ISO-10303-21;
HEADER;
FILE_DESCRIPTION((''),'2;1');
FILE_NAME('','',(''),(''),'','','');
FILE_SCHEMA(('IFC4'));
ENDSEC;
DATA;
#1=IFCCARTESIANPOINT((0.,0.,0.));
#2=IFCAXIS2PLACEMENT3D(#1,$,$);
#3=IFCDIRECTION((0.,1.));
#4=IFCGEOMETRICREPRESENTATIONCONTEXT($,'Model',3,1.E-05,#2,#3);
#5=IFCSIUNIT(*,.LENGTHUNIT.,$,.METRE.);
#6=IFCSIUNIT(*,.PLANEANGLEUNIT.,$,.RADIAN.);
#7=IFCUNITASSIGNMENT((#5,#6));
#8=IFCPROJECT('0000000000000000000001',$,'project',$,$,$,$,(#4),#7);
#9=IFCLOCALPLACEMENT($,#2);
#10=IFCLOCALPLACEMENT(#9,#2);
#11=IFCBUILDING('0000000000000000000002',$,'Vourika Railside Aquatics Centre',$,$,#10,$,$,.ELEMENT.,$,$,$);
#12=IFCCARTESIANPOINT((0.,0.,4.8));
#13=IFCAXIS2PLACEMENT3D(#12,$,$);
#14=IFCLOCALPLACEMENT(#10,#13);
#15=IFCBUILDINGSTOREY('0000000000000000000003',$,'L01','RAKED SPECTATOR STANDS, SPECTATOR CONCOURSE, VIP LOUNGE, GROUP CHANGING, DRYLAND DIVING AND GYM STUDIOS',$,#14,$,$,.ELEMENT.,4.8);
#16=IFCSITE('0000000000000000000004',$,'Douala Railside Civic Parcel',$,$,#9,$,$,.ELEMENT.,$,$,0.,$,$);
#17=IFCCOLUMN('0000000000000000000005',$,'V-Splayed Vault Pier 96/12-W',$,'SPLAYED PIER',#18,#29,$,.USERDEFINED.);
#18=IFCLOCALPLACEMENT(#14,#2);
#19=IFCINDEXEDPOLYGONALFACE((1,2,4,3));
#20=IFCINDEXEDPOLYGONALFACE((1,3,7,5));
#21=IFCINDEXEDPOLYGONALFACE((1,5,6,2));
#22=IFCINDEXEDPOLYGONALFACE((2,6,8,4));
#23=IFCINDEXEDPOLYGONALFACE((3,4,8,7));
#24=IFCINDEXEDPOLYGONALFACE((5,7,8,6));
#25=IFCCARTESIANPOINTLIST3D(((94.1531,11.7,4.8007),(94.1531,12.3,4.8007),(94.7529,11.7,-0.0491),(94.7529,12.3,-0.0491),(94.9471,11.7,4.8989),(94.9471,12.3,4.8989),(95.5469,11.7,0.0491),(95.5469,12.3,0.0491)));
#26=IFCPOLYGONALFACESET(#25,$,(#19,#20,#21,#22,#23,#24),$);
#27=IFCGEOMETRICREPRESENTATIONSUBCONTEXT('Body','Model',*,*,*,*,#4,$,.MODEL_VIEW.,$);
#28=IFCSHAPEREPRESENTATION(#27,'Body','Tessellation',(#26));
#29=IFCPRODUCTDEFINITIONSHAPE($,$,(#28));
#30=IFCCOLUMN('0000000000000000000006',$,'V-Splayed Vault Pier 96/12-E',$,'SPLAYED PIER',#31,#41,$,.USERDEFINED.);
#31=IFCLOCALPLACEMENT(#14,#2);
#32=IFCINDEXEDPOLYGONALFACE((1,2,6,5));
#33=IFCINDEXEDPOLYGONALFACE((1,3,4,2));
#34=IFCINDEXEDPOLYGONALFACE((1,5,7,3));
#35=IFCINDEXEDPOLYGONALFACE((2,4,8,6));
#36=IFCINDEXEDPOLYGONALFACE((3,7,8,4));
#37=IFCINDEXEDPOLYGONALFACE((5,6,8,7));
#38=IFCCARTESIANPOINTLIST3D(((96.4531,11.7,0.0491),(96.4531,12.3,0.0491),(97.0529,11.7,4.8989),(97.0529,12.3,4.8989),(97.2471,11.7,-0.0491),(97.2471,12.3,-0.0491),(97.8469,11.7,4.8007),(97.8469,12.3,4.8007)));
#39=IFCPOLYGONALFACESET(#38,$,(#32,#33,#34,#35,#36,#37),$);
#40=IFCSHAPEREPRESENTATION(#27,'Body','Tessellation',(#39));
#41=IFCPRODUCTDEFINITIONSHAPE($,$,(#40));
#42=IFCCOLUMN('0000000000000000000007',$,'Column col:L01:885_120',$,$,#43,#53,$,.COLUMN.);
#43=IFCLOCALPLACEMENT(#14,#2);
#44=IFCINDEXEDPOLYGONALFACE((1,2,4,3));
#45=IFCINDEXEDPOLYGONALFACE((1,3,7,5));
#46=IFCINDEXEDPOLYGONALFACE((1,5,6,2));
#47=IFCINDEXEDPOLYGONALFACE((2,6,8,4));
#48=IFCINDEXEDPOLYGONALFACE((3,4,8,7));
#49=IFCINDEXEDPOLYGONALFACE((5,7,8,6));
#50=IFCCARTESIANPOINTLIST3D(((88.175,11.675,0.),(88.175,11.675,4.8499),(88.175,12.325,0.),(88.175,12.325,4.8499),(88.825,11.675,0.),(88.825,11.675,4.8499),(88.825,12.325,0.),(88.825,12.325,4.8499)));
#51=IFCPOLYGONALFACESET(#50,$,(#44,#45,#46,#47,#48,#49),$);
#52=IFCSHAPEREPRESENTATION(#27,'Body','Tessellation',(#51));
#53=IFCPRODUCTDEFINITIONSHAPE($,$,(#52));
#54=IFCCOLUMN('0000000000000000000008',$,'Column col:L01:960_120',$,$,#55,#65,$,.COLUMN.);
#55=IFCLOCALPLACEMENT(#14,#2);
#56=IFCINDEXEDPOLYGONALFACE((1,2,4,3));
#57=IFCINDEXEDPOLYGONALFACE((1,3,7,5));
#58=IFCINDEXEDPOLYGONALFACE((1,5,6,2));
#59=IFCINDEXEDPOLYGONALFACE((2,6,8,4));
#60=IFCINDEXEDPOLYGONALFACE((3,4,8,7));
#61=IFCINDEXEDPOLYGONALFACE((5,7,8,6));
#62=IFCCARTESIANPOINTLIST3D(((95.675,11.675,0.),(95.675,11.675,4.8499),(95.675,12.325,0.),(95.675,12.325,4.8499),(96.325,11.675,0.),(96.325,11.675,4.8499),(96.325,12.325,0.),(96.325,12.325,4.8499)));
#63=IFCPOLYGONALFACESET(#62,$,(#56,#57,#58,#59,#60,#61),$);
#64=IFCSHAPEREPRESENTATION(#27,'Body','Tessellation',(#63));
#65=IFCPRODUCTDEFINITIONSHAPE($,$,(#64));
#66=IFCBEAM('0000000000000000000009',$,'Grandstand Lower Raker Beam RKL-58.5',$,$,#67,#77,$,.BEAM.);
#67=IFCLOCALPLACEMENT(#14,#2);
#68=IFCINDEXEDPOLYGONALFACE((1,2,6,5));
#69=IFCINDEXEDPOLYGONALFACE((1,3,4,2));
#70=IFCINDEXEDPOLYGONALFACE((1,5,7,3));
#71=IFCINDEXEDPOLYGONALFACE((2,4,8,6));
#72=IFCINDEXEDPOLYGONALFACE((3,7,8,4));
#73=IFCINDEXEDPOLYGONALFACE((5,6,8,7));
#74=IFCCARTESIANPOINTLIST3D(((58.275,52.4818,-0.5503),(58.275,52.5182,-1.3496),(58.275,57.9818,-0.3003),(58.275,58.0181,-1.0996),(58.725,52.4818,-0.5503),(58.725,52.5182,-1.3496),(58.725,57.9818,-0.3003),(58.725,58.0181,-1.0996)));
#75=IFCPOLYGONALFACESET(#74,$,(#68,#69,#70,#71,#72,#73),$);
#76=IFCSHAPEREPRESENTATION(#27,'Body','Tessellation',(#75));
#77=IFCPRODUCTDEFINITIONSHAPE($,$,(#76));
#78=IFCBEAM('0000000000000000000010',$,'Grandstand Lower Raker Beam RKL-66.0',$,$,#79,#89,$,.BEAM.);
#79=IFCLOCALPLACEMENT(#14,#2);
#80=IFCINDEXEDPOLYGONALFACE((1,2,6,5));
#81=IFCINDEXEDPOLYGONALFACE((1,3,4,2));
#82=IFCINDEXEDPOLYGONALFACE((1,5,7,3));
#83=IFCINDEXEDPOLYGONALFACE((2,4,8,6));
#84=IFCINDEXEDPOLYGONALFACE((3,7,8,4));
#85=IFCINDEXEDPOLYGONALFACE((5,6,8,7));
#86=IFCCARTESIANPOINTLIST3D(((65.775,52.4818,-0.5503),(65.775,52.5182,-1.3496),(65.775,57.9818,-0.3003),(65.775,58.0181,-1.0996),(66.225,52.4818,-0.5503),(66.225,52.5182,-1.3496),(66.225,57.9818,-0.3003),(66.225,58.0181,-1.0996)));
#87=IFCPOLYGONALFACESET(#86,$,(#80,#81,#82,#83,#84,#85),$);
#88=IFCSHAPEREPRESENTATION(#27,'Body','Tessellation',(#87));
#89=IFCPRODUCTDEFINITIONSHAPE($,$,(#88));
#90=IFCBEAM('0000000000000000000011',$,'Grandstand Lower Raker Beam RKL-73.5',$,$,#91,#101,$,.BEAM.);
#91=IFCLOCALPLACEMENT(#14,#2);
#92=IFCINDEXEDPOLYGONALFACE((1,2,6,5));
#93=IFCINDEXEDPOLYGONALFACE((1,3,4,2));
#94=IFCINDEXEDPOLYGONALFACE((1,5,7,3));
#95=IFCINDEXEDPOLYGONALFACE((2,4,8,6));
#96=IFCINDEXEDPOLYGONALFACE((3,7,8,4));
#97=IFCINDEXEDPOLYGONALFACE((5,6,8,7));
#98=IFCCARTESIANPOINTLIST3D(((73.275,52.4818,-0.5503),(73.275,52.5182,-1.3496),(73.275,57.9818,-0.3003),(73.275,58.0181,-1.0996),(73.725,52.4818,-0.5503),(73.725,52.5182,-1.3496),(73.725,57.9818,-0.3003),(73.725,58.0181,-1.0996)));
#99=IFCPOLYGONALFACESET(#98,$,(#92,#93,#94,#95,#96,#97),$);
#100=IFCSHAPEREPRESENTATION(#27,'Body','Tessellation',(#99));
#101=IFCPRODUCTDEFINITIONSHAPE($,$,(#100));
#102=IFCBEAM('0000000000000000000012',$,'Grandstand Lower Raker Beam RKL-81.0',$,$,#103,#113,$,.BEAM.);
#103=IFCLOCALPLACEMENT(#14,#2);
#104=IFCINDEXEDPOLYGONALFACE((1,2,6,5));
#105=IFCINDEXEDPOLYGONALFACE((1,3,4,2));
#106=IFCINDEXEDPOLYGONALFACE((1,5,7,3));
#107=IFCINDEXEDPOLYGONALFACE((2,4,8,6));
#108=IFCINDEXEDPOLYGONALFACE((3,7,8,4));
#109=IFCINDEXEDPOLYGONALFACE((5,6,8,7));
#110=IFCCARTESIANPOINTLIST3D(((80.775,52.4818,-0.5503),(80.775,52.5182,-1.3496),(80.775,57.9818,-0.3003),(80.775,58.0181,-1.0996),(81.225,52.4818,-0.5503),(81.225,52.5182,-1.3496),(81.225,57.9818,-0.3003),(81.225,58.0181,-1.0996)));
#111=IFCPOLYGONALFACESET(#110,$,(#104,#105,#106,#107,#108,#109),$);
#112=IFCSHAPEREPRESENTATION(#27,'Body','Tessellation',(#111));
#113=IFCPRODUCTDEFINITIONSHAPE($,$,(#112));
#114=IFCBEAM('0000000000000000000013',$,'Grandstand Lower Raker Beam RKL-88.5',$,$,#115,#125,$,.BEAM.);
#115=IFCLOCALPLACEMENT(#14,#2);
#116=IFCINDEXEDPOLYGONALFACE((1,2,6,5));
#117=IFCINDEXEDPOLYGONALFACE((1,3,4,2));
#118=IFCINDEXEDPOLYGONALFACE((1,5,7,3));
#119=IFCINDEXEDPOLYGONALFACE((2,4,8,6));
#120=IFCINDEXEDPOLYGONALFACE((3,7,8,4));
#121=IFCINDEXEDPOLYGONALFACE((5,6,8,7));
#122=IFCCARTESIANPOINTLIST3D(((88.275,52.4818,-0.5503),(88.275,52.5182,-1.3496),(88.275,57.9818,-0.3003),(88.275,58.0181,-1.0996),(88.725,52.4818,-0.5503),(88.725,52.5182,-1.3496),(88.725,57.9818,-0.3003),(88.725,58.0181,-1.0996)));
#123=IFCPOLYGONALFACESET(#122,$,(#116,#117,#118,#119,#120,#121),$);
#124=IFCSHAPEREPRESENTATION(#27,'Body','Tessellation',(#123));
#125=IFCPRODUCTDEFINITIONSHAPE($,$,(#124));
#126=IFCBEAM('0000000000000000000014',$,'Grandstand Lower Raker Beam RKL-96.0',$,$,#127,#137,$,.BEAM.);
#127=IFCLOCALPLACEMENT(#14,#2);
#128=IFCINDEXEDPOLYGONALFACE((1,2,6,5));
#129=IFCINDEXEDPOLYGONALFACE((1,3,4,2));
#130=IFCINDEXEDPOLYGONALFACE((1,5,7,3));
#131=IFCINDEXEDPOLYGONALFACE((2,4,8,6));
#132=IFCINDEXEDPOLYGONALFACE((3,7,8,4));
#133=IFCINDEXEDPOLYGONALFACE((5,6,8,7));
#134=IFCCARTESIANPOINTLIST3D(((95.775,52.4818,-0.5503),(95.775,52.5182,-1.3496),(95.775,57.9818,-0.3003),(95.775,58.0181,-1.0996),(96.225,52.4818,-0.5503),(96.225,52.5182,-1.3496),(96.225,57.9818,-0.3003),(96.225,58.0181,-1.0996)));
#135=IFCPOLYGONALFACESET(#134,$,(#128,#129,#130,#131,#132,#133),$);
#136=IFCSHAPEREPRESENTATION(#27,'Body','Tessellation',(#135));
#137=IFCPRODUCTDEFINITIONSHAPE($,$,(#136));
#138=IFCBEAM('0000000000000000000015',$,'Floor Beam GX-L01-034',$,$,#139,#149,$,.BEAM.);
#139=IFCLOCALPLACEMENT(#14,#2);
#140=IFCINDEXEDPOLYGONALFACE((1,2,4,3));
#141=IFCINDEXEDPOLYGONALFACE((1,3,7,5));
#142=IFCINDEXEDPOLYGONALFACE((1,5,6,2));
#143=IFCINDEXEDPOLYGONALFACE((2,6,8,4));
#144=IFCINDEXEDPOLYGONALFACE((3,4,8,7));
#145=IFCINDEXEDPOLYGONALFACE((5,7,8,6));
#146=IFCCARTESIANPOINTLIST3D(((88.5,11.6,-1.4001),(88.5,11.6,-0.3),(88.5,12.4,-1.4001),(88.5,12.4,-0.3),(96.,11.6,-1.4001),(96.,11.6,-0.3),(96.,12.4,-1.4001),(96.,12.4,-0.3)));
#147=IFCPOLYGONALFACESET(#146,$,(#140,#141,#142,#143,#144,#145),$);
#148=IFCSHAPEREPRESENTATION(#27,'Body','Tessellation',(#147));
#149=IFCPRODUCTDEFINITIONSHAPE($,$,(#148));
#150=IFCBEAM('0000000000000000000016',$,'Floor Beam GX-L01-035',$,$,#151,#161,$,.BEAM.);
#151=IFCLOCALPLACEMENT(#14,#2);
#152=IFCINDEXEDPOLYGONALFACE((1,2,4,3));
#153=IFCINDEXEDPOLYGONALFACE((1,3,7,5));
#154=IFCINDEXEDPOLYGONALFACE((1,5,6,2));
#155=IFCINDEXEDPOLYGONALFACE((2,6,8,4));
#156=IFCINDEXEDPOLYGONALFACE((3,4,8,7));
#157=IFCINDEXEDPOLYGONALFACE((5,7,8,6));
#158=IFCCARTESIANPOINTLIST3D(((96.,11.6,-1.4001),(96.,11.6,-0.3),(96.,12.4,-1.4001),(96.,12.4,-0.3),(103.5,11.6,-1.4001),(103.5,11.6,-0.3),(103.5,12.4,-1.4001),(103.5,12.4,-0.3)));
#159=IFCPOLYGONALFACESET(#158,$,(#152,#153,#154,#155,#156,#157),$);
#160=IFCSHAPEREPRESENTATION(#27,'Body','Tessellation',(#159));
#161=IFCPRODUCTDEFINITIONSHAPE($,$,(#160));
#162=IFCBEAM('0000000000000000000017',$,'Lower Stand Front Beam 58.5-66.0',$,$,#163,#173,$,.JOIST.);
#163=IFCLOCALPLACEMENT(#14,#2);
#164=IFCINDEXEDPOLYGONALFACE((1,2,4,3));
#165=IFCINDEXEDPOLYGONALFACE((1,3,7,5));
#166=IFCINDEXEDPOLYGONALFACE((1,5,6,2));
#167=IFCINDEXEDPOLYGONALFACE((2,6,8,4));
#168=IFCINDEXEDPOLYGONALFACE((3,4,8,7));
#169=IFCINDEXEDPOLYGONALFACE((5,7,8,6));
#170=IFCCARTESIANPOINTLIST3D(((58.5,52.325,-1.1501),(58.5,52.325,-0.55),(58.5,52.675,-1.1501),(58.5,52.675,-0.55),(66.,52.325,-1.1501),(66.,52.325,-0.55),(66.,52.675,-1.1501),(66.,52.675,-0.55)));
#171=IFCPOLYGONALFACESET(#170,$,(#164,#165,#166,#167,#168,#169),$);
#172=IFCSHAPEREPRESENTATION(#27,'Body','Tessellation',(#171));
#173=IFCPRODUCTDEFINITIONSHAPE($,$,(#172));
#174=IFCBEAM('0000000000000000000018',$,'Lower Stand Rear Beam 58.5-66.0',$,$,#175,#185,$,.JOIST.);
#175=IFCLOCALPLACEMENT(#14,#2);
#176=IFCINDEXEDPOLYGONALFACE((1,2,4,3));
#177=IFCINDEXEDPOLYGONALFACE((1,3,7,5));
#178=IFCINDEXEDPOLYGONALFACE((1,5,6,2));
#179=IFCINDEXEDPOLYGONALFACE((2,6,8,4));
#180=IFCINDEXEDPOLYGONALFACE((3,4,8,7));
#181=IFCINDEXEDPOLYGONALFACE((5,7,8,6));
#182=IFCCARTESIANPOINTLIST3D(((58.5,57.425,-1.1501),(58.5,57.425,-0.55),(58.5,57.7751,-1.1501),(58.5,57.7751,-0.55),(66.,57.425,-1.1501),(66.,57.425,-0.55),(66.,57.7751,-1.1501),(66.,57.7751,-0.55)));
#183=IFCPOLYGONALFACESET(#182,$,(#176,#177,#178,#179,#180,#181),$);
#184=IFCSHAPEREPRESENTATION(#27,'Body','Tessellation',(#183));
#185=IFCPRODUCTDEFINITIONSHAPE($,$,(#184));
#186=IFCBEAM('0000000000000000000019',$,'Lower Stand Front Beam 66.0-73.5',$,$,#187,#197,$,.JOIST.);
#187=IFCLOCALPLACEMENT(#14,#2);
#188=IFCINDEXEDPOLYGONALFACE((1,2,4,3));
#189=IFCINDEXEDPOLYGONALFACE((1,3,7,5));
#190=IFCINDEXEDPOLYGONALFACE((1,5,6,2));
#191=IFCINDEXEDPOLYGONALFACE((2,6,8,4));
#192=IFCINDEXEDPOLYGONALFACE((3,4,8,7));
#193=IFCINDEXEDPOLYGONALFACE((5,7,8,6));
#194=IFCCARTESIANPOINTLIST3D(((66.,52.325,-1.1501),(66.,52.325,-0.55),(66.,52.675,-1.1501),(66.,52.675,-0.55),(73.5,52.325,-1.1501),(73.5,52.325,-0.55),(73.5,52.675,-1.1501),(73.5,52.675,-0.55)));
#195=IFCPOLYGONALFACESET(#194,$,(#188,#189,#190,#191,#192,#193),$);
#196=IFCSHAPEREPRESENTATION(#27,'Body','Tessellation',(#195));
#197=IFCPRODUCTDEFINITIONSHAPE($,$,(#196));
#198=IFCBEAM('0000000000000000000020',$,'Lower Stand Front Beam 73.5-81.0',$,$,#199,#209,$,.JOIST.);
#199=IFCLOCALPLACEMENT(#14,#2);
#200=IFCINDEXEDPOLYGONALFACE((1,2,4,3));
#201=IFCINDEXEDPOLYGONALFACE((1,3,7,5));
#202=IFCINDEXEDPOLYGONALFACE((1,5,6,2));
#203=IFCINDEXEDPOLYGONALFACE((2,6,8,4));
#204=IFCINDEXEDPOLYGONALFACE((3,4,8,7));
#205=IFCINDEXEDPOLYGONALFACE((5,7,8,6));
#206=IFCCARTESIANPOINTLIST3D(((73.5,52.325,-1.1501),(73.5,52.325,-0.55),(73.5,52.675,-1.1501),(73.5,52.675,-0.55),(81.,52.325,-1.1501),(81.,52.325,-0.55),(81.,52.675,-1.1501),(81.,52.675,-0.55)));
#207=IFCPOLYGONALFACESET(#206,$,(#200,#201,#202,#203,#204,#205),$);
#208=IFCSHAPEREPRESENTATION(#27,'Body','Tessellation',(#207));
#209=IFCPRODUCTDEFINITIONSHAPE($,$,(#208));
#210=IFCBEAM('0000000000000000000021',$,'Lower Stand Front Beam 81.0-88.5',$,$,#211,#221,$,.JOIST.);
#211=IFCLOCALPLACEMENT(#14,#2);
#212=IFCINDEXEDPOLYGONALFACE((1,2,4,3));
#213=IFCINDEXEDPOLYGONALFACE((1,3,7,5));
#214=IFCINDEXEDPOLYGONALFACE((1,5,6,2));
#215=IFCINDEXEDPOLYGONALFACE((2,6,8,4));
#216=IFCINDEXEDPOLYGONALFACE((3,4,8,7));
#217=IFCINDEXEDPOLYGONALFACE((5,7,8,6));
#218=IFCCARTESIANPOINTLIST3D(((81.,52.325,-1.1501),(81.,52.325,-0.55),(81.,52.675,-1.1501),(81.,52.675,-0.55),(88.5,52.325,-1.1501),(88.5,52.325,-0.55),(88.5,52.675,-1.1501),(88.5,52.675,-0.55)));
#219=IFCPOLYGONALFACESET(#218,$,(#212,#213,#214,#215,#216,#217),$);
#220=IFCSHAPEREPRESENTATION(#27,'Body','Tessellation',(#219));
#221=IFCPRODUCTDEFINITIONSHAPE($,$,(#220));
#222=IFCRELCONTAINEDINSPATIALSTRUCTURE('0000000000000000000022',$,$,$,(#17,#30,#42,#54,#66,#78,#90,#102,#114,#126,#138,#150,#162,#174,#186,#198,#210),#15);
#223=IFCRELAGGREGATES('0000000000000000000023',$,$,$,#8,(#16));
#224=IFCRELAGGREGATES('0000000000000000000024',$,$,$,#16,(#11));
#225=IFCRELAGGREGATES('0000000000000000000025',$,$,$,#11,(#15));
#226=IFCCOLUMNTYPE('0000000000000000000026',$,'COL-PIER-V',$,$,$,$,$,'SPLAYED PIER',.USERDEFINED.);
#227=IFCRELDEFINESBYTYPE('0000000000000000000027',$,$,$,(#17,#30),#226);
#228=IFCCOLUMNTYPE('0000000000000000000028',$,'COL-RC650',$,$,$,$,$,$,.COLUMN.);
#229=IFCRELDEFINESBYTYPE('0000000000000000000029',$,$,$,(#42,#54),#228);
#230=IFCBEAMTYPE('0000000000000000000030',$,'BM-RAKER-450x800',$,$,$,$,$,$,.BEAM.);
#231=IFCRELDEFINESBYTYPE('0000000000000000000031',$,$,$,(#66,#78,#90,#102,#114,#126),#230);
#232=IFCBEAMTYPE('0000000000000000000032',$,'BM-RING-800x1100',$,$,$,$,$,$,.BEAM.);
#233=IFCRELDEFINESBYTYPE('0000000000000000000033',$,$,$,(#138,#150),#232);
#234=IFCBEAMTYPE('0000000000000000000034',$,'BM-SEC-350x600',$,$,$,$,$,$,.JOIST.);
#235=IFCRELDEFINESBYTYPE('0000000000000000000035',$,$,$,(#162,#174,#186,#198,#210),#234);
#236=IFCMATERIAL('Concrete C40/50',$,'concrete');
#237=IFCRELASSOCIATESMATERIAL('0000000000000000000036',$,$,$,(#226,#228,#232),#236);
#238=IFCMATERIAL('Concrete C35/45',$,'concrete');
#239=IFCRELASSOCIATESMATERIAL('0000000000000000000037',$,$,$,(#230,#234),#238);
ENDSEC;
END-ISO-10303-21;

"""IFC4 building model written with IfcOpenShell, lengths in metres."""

from ifc_helpers import new_model, si_unit, direction, frame, origin, origin_2d, place, context, subcontext, project, spatial, rectangle, extrude, material, material_profile, profile_set, type_object, element, save


model = new_model("IFC4")

# Units and contexts
model_context = context("Model", 3, precision=1e-05, world=origin(), true_north=direction((0.0, 1.0)))
body_context = subcontext(model_context, "Body", "Model", "MODEL_VIEW")
ifc_project = project(units=[si_unit("LENGTHUNIT", "METRE"), si_unit("PLANEANGLEUNIT", "RADIAN")], contexts=[model_context])

# Site, building, storey
site_placement = place(None, origin())
site = spatial("IfcSite", under=ifc_project, at=site_placement, Name="Douala Railside Civic Parcel", CompositionType="ELEMENT", RefElevation=0.0)
building_placement = place(site_placement, origin())
building = spatial("IfcBuilding", under=site, at=building_placement, Name="Vourika Railside Aquatics Centre", CompositionType="ELEMENT")
storey_placement = place(building_placement, frame((0.0, 0.0, 4.8)))
storey = spatial("IfcBuildingStorey", under=building, at=storey_placement, Name="L01", Description="RAKED SPECTATOR STANDS, SPECTATOR CONCOURSE, VIP LOUNGE, GROUP CHANGING, DRYLAND DIVING AND GYM STUDIOS", CompositionType="ELEMENT", Elevation=4.8)

# Columns
ifc_material_1 = material(Name="Concrete C40/50", Category="concrete")
ifc_material_profile_1 = material_profile(ifc_material_1, rectangle(XDim=0.6001, YDim=0.8, at=origin_2d()), Name="RC 600x800")
ifc_profile_set_1 = profile_set([ifc_material_profile_1], Name="Concrete C40/50")
column_type_1 = type_object("IfcColumnType", Name="COL-PIER-V", ElementType="SPLAYED PIER", PredefinedType="USERDEFINED", material=ifc_profile_set_1)
for number, where, z_axis, x_axis, name in (
    (1, (95.1499, 12.0, 0.0), (-0.12275, 0.0, 0.992438), (0.0, -1.0, 0.0), "V-Splayed Vault Pier 96/12-W"),
    (2, (96.8501, 12.0, 0.0), (0.12275, 0.0, 0.992438), (0.0, 1.0, 0.0), "V-Splayed Vault Pier 96/12-E"),
):
    element("IfcColumn", number, at=place(storey_placement, frame(where, z_axis=z_axis, x_axis=x_axis)), inside=storey, type_object=column_type_1, Name=name, ObjectType="SPLAYED PIER", PredefinedType="USERDEFINED", context=body_context, shape_type="SweptSolid", body=[
        extrude(rectangle(XDim=0.6001, YDim=0.8, at=origin_2d()), origin(), (0.0, 0.0, 1.0), 4.8867),
    ])
ifc_material_profile_2 = material_profile(ifc_material_1, rectangle(XDim=0.6499, YDim=0.6499, at=origin_2d()), Name="RC 650x650")
ifc_profile_set_2 = profile_set([ifc_material_profile_2], Name="Concrete C40/50")
column_type_2 = type_object("IfcColumnType", Name="COL-RC650", PredefinedType="COLUMN", material=ifc_profile_set_2)
for number, where, z_axis, x_axis, name in (
    (3, (88.5, 12.0, 0.0), (0.0, 0.0, 1.0), (1.0, 0.0, 0.0), "Column col:L01:885_120"),
    (4, (96.0, 12.0, 0.0), (0.0, 0.0, 1.0), (1.0, 0.0, 0.0), "Column col:L01:960_120"),
):
    element("IfcColumn", number, at=place(storey_placement, frame(where, z_axis=z_axis, x_axis=x_axis)), inside=storey, type_object=column_type_2, Name=name, PredefinedType="COLUMN", context=body_context, shape_type="SweptSolid", body=[
        extrude(rectangle(XDim=0.6499, YDim=0.6499, at=origin_2d()), origin(), (0.0, 0.0, 1.0), 4.8499),
    ])

# Beams
ifc_material_2 = material(Name="Concrete C35/45", Category="concrete")
ifc_material_profile_3 = material_profile(ifc_material_2, rectangle(XDim=0.45, YDim=0.8, at=origin_2d()), Name="RC 450x800")
ifc_profile_set_3 = profile_set([ifc_material_profile_3], Name="Concrete C35/45")
beam_type_1 = type_object("IfcBeamType", Name="BM-RAKER-450x800", PredefinedType="BEAM", material=ifc_profile_set_3)
for number, where, z_axis, x_axis, name in (
    (5, (58.5, 52.5, -0.95), (0.0, 0.998969, 0.045408), (-1.0, 0.0, 0.0), "Grandstand Lower Raker Beam RKL-58.5"),
    (6, (66.0, 52.5, -0.95), (0.0, 0.998969, 0.045408), (-1.0, 0.0, 0.0), "Grandstand Lower Raker Beam RKL-66.0"),
    (7, (73.5, 52.5, -0.95), (0.0, 0.998969, 0.045408), (-1.0, 0.0, 0.0), "Grandstand Lower Raker Beam RKL-73.5"),
    (8, (81.0, 52.5, -0.95), (0.0, 0.998969, 0.045408), (-1.0, 0.0, 0.0), "Grandstand Lower Raker Beam RKL-81.0"),
    (9, (88.5, 52.5, -0.95), (0.0, 0.998969, 0.045408), (-1.0, 0.0, 0.0), "Grandstand Lower Raker Beam RKL-88.5"),
    (10, (96.0, 52.5, -0.95), (0.0, 0.998969, 0.045408), (-1.0, 0.0, 0.0), "Grandstand Lower Raker Beam RKL-96.0"),
):
    element("IfcBeam", number, at=place(storey_placement, frame(where, z_axis=z_axis, x_axis=x_axis)), inside=storey, type_object=beam_type_1, Name=name, PredefinedType="BEAM", context=body_context, shape_type="SweptSolid", body=[
        extrude(rectangle(XDim=0.45, YDim=0.8, at=origin_2d()), origin(), (0.0, 0.0, 1.0), 5.5056),
    ])
ifc_material_profile_4 = material_profile(ifc_material_1, rectangle(XDim=0.8, YDim=1.1001, at=origin_2d()), Name="RC 800x1100")
ifc_profile_set_4 = profile_set([ifc_material_profile_4], Name="Concrete C40/50")
beam_type_2 = type_object("IfcBeamType", Name="BM-RING-800x1100", PredefinedType="BEAM", material=ifc_profile_set_4)
for number, where, z_axis, x_axis, name in (
    (11, (88.5, 12.0, -0.8501), (1.0, 0.0, 0.0), (0.0, 1.0, 0.0), "Floor Beam GX-L01-034"),
    (12, (96.0, 12.0, -0.8501), (1.0, 0.0, 0.0), (0.0, 1.0, 0.0), "Floor Beam GX-L01-035"),
):
    element("IfcBeam", number, at=place(storey_placement, frame(where, z_axis=z_axis, x_axis=x_axis)), inside=storey, type_object=beam_type_2, Name=name, PredefinedType="BEAM", context=body_context, shape_type="SweptSolid", body=[
        extrude(rectangle(XDim=0.8, YDim=1.1001, at=origin_2d()), origin(), (0.0, 0.0, 1.0), 7.5),
    ])
ifc_material_profile_5 = material_profile(ifc_material_2, rectangle(XDim=0.3501, YDim=0.6001, at=origin_2d()), Name="RC 350x600")
ifc_profile_set_5 = profile_set([ifc_material_profile_5], Name="Concrete C35/45")
beam_type_3 = type_object("IfcBeamType", Name="BM-SEC-350x600", PredefinedType="JOIST", material=ifc_profile_set_5)
for number, where, z_axis, x_axis, name in (
    (13, (58.5, 52.5, -0.8501), (1.0, 0.0, 0.0), (0.0, 1.0, 0.0), "Lower Stand Front Beam 58.5-66.0"),
    (14, (58.5, 57.6001, -0.8501), (1.0, 0.0, 0.0), (0.0, 1.0, 0.0), "Lower Stand Rear Beam 58.5-66.0"),
    (15, (66.0, 52.5, -0.8501), (1.0, 0.0, 0.0), (0.0, 1.0, 0.0), "Lower Stand Front Beam 66.0-73.5"),
    (16, (73.5, 52.5, -0.8501), (1.0, 0.0, 0.0), (0.0, 1.0, 0.0), "Lower Stand Front Beam 73.5-81.0"),
    (17, (81.0, 52.5, -0.8501), (1.0, 0.0, 0.0), (0.0, 1.0, 0.0), "Lower Stand Front Beam 81.0-88.5"),
):
    element("IfcBeam", number, at=place(storey_placement, frame(where, z_axis=z_axis, x_axis=x_axis)), inside=storey, type_object=beam_type_3, Name=name, PredefinedType="JOIST", context=body_context, shape_type="SweptSolid", body=[
        extrude(rectangle(XDim=0.3501, YDim=0.6001, at=origin_2d()), origin(), (0.0, 0.0, 1.0), 7.5),
    ])

save(model, "model.ifc")
